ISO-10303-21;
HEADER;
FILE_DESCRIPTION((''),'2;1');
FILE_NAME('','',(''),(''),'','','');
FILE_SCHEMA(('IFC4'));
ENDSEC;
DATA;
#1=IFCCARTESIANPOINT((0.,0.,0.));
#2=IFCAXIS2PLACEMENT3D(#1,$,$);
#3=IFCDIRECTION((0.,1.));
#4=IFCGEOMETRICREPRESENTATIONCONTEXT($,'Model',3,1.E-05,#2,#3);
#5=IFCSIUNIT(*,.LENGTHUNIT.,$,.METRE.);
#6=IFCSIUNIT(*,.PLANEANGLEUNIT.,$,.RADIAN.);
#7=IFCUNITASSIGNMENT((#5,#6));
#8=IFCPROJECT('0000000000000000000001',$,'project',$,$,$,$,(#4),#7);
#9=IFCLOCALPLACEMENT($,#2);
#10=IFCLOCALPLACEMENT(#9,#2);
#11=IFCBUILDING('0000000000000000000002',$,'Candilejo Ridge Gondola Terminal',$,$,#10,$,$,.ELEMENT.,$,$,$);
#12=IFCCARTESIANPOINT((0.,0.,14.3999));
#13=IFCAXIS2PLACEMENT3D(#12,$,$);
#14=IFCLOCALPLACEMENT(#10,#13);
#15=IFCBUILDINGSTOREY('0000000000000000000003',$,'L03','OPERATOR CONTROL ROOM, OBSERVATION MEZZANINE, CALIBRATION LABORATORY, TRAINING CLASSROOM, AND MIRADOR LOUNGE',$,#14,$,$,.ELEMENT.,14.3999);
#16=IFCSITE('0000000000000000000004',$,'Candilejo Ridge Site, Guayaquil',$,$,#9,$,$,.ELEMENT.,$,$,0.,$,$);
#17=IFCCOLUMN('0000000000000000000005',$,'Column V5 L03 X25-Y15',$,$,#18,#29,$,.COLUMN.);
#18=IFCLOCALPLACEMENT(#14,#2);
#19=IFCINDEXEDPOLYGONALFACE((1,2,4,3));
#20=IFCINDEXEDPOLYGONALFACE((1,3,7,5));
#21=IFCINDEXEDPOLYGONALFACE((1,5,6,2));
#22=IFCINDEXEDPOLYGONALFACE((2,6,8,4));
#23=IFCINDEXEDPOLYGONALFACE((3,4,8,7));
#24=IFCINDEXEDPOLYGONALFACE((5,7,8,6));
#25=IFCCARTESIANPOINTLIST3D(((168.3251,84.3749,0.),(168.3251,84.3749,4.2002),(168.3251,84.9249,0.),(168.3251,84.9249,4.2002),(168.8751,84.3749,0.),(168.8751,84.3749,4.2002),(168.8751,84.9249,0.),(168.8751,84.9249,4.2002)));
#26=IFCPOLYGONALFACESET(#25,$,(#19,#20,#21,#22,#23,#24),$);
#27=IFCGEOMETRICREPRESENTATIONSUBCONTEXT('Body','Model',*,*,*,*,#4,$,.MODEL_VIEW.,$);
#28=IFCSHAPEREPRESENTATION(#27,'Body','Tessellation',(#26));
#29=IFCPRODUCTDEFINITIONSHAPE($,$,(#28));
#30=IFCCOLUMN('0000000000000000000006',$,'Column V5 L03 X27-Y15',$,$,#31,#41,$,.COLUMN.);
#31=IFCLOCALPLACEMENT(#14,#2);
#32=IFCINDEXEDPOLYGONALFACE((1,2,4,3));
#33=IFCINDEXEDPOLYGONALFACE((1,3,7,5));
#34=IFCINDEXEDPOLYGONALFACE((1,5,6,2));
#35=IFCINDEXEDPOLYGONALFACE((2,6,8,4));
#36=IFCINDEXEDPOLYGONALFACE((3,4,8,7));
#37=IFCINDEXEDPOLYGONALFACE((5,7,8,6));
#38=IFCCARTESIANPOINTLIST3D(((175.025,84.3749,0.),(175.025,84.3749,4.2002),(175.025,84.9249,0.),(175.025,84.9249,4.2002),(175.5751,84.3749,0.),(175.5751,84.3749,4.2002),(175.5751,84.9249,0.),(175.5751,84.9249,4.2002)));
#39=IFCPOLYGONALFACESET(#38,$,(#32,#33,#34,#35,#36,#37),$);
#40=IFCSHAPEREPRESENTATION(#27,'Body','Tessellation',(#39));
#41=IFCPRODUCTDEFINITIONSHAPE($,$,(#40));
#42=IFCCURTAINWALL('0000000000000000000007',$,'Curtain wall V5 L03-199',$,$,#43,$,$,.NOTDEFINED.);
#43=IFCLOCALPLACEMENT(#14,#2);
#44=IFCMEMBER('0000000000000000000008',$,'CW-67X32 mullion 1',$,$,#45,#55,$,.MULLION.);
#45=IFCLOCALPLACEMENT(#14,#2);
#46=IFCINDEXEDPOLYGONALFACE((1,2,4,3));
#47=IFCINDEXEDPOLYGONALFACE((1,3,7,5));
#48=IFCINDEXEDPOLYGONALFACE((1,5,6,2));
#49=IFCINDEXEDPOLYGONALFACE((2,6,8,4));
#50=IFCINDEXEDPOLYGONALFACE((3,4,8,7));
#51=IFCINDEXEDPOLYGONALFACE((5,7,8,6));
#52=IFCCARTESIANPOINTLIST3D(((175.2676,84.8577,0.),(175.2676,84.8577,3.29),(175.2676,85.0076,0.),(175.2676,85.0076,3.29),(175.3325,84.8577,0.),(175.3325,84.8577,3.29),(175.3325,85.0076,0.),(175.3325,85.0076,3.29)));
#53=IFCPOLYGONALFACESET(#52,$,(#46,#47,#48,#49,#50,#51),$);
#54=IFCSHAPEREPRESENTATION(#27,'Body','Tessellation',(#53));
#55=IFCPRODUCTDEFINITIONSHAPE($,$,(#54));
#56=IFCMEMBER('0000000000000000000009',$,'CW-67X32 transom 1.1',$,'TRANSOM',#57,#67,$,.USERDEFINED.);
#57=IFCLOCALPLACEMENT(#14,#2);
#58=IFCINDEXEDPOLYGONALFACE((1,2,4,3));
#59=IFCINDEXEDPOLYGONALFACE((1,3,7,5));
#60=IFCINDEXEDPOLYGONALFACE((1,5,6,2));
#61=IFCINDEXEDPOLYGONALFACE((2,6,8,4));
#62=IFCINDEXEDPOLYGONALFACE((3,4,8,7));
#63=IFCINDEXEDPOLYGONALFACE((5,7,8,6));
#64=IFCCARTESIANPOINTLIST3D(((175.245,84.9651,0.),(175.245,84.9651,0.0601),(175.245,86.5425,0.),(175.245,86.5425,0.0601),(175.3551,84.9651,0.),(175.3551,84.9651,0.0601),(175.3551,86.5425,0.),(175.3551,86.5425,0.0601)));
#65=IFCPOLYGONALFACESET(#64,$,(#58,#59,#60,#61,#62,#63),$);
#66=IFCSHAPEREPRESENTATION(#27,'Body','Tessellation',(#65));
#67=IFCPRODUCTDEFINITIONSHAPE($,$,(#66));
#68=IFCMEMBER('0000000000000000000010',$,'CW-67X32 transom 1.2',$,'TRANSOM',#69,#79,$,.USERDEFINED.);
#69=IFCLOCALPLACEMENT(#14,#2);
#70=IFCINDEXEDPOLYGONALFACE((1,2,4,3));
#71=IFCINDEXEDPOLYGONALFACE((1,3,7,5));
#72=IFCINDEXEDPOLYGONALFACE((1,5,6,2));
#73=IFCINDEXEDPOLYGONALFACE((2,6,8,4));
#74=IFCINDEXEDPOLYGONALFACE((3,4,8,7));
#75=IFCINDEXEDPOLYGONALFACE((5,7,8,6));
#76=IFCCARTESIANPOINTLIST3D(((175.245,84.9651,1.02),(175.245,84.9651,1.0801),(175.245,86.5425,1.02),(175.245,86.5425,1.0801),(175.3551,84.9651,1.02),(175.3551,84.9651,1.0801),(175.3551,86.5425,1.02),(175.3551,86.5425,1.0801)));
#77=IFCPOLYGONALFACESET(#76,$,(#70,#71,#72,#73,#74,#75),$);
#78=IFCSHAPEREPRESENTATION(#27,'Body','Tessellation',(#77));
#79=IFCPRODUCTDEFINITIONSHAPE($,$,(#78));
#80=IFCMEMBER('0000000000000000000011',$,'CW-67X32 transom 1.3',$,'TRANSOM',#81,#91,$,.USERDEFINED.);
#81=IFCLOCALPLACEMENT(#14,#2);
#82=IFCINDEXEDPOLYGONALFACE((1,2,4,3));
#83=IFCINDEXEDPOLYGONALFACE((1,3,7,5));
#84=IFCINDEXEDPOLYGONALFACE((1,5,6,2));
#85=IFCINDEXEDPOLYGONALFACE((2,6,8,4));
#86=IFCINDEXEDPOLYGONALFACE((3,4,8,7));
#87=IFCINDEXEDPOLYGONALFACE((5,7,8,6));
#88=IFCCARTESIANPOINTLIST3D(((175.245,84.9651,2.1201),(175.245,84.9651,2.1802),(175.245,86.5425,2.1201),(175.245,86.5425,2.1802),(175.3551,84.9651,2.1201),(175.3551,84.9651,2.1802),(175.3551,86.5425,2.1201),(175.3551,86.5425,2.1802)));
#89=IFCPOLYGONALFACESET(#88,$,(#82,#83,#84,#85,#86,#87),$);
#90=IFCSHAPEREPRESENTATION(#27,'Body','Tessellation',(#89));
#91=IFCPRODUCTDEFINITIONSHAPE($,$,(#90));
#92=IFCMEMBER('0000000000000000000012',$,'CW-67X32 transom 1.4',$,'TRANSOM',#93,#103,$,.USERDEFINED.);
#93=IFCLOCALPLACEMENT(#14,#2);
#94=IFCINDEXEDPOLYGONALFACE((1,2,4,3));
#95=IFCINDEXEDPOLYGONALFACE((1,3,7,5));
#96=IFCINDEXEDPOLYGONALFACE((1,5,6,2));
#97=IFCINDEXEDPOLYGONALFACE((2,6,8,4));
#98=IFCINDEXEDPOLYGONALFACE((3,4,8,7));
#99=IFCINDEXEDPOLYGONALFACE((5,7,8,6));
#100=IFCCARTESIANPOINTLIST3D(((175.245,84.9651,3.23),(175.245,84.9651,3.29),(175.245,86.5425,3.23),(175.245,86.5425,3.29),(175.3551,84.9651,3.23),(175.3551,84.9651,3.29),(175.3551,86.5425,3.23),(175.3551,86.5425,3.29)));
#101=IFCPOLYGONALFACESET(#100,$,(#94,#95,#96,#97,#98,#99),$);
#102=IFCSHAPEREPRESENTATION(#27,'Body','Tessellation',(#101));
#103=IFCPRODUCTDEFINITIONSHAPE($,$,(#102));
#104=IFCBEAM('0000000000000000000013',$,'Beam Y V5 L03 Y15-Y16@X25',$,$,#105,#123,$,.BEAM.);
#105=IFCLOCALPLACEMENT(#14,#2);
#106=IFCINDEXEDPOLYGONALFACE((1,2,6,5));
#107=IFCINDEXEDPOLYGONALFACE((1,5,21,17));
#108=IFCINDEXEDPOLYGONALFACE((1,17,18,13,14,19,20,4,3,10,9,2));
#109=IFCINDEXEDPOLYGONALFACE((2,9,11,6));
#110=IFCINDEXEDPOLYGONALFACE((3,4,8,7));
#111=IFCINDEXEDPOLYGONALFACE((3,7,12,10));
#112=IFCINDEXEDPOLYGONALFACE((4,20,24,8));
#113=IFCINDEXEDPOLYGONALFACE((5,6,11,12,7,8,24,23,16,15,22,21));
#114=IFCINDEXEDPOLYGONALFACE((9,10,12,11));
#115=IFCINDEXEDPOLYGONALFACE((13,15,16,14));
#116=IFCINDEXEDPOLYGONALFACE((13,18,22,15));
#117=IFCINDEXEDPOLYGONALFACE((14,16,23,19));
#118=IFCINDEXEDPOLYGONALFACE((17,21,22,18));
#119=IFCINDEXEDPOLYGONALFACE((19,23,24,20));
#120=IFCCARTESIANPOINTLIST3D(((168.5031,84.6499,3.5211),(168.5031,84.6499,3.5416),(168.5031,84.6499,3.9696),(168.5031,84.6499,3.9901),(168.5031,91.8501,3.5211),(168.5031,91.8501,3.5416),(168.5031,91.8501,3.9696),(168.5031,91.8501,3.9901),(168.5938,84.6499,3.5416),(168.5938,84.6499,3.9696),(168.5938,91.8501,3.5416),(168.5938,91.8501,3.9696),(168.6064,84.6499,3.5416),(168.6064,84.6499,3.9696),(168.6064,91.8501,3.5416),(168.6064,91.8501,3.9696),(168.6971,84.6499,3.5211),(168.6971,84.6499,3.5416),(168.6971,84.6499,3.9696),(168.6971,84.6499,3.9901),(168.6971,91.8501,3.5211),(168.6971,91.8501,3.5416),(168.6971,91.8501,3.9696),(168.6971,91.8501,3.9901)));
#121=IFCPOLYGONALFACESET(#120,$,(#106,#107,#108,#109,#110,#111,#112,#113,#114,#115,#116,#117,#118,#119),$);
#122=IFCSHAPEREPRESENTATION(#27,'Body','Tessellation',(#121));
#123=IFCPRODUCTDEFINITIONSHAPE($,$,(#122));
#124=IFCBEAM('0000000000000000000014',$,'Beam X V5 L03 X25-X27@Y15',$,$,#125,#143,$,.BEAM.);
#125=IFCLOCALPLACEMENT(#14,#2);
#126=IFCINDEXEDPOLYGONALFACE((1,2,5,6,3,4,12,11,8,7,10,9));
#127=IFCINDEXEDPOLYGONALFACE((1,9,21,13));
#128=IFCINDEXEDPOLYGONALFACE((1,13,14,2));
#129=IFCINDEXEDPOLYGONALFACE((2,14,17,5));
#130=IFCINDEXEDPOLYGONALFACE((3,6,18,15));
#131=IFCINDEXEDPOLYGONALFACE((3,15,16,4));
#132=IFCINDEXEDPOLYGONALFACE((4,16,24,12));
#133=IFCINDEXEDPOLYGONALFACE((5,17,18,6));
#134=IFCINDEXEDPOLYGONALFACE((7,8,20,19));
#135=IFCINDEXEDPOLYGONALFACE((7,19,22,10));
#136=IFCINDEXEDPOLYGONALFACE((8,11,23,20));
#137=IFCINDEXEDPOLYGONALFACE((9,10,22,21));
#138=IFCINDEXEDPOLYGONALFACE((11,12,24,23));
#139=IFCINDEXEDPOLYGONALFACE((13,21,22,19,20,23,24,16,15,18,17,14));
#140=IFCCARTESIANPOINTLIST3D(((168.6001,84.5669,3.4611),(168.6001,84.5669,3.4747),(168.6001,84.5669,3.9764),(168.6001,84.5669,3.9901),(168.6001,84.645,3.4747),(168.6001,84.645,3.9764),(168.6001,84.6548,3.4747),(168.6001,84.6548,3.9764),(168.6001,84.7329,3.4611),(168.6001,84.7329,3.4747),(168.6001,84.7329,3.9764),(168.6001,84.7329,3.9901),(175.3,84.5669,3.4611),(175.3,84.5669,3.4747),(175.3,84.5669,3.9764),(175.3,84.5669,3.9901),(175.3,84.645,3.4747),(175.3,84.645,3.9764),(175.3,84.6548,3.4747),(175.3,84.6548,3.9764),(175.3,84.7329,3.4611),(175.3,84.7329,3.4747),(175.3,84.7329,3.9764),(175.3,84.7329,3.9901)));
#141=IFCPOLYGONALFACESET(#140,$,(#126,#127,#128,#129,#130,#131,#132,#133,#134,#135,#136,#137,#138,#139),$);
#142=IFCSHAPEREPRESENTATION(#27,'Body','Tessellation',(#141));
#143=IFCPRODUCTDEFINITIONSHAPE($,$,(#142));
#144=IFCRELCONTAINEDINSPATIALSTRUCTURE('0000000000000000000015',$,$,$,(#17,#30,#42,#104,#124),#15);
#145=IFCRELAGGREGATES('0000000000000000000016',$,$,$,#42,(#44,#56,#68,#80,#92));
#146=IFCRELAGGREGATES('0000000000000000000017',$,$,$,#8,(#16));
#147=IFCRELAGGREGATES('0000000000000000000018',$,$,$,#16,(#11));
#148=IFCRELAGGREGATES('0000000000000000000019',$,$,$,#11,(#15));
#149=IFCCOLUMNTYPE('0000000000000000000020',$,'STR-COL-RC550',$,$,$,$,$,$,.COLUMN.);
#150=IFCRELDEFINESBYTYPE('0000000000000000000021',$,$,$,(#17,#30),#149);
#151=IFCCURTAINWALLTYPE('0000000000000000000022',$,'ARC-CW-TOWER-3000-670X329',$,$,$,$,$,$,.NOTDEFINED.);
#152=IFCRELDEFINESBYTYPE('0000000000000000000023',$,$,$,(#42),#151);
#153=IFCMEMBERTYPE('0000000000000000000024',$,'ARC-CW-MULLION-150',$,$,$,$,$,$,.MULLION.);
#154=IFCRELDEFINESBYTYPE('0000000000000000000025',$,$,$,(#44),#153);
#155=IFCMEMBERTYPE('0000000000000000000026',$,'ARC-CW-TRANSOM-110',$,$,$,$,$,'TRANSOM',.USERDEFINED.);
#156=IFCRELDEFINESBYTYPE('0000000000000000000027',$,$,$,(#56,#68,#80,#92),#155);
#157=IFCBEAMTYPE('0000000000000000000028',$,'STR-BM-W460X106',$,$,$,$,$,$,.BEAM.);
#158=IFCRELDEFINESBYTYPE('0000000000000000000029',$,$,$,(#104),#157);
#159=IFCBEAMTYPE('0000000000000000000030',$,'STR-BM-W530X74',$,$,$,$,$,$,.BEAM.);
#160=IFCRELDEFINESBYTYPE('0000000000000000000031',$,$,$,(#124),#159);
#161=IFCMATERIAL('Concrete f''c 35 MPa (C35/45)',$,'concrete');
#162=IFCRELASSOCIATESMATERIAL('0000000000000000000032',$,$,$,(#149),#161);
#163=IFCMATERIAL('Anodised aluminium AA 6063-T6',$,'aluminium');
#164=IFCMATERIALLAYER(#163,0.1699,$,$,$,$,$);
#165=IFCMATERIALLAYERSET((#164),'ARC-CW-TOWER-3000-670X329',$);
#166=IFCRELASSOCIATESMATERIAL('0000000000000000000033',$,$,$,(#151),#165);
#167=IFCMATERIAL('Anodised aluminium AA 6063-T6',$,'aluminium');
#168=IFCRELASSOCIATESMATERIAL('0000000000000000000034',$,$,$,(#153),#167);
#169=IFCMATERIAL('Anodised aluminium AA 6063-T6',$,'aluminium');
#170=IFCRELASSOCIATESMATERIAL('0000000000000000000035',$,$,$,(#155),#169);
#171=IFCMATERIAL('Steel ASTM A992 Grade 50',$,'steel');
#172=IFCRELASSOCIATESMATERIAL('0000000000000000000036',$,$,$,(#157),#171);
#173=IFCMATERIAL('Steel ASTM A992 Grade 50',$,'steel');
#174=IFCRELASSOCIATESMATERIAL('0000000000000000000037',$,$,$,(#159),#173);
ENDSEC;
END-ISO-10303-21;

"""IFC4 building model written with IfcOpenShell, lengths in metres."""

from ifc_helpers import new_model, si_unit, direction, frame, origin, origin_2d, place, context, subcontext, project, spatial, rectangle, i_section, extrude, material, layer, layer_set, material_profile, profile_set, type_object, element, aggregate, save


model = new_model("IFC4")

# Units and contexts
model_context = context("Model", 3, precision=1e-05, world=origin(), true_north=direction((0.0, 1.0)))
body_context = subcontext(model_context, "Body", "Model", "MODEL_VIEW")
ifc_project = project(units=[si_unit("LENGTHUNIT", "METRE"), si_unit("PLANEANGLEUNIT", "RADIAN")], contexts=[model_context])

# Site, building, storey
site_placement = place(None, origin())
site = spatial("IfcSite", under=ifc_project, at=site_placement, Name="Candilejo Ridge Site, Guayaquil", CompositionType="ELEMENT", RefElevation=0.0)
building_placement = place(site_placement, origin())
building = spatial("IfcBuilding", under=site, at=building_placement, Name="Candilejo Ridge Gondola Terminal", CompositionType="ELEMENT")
storey_placement = place(building_placement, frame((0.0, 0.0, 14.3999)))
storey = spatial("IfcBuildingStorey", under=building, at=storey_placement, Name="L03", Description="OPERATOR CONTROL ROOM, OBSERVATION MEZZANINE, CALIBRATION LABORATORY, TRAINING CLASSROOM, AND MIRADOR LOUNGE", CompositionType="ELEMENT", Elevation=14.3999)

# Columns
ifc_material_1 = material(Name="Concrete f'c 35 MPa (C35/45)", Category="concrete")
ifc_material_profile_1 = material_profile(ifc_material_1, rectangle(XDim=0.55, YDim=0.55, at=origin_2d()))
ifc_profile_set_1 = profile_set([ifc_material_profile_1], Name="Concrete f'c 35 MPa (C35/45)")
column_type = type_object("IfcColumnType", Name="STR-COL-RC550", PredefinedType="COLUMN", material=ifc_profile_set_1)
for number, where, z_axis, x_axis, name in (
    (1, (168.6001, 84.6499, 0.0), (0.0, 0.0, 1.0), (1.0, 0.0, 0.0), "Column V5 L03 X25-Y15"),
    (2, (175.3, 84.6499, 0.0), (0.0, 0.0, 1.0), (1.0, 0.0, 0.0), "Column V5 L03 X27-Y15"),
):
    element("IfcColumn", number, at=place(storey_placement, frame(where, z_axis=z_axis, x_axis=x_axis)), inside=storey, type_object=column_type, Name=name, PredefinedType="COLUMN", context=body_context, shape_type="SweptSolid", body=[
        extrude(rectangle(XDim=0.55, YDim=0.55, at=origin_2d()), origin(), (0.0, 0.0, 1.0), 4.2002),
    ])

# Curtain wall, members
ifc_material_2 = material(Name="Anodised aluminium AA 6063-T6", Category="aluminium")
ifc_layer_1 = layer(ifc_material_2, 0.1699)
ifc_layer_set_1 = layer_set([ifc_layer_1], Name="ARC-CW-TOWER-3000-670X329")
curtain_wall_type = type_object("IfcCurtainWallType", Name="ARC-CW-TOWER-3000-670X329", PredefinedType="NOTDEFINED", material=ifc_layer_set_1)
curtain_wall_placement = place(storey_placement, origin())
curtain_wall = element("IfcCurtainWall", 3, at=curtain_wall_placement, inside=storey, type_object=curtain_wall_type, Name="Curtain wall V5 L03-199", PredefinedType="NOTDEFINED")
ifc_material_3 = material(Name="Anodised aluminium AA 6063-T6", Category="aluminium")
ifc_material_profile_2 = material_profile(ifc_material_3, rectangle(XDim=0.0649, YDim=0.1499, at=origin_2d()))
ifc_profile_set_2 = profile_set([ifc_material_profile_2], Name="Anodised aluminium AA 6063-T6")
member_type_1 = type_object("IfcMemberType", Name="ARC-CW-MULLION-150", PredefinedType="MULLION", material=ifc_profile_set_2)
member_1_placement = place(storey_placement, frame((175.3, 84.9326, 0.0), z_axis=(0.0, 0.0, 1.0), x_axis=(-1.0, 0.0, 0.0)))
member_1 = element("IfcMember", 4, at=member_1_placement, type_object=member_type_1, Name="CW-67X32 mullion 1", PredefinedType="MULLION", context=body_context, shape_type="SweptSolid", body=[
    extrude(rectangle(XDim=0.0649, YDim=0.1499, at=origin_2d()), origin(), (0.0, 0.0, 1.0), 3.29),
])
ifc_material_4 = material(Name="Anodised aluminium AA 6063-T6", Category="aluminium")
ifc_material_profile_3 = material_profile(ifc_material_4, rectangle(XDim=0.1101, YDim=0.0601, at=origin_2d()))
ifc_profile_set_3 = profile_set([ifc_material_profile_3], Name="Anodised aluminium AA 6063-T6")
member_type_2 = type_object("IfcMemberType", Name="ARC-CW-TRANSOM-110", ElementType="TRANSOM", PredefinedType="USERDEFINED", material=ifc_profile_set_3)
member_2_placement = place(storey_placement, frame((175.3, 84.9651, 0.03), z_axis=(0.0, 1.0, 0.0), x_axis=(-1.0, 0.0, 0.0)))
member_2 = element("IfcMember", 5, at=member_2_placement, type_object=member_type_2, Name="CW-67X32 transom 1.1", ObjectType="TRANSOM", PredefinedType="USERDEFINED", context=body_context, shape_type="SweptSolid", body=[
    extrude(rectangle(XDim=0.1101, YDim=0.0601, at=origin_2d()), origin(), (0.0, 0.0, 1.0), 1.5774),
])
member_3_placement = place(storey_placement, frame((175.3, 84.9651, 1.05), z_axis=(0.0, 1.0, 0.0), x_axis=(-1.0, 0.0, 0.0)))
member_3 = element("IfcMember", 6, at=member_3_placement, type_object=member_type_2, Name="CW-67X32 transom 1.2", ObjectType="TRANSOM", PredefinedType="USERDEFINED", context=body_context, shape_type="SweptSolid", body=[
    extrude(rectangle(XDim=0.1101, YDim=0.0601, at=origin_2d()), origin(), (0.0, 0.0, 1.0), 1.5774),
])
member_4_placement = place(storey_placement, frame((175.3, 84.9651, 2.1501), z_axis=(0.0, 1.0, 0.0), x_axis=(-1.0, 0.0, 0.0)))
member_4 = element("IfcMember", 7, at=member_4_placement, type_object=member_type_2, Name="CW-67X32 transom 1.3", ObjectType="TRANSOM", PredefinedType="USERDEFINED", context=body_context, shape_type="SweptSolid", body=[
    extrude(rectangle(XDim=0.1101, YDim=0.0601, at=origin_2d()), origin(), (0.0, 0.0, 1.0), 1.5774),
])
member_5_placement = place(storey_placement, frame((175.3, 84.9651, 3.26), z_axis=(0.0, 1.0, 0.0), x_axis=(-1.0, 0.0, 0.0)))
member_5 = element("IfcMember", 8, at=member_5_placement, type_object=member_type_2, Name="CW-67X32 transom 1.4", ObjectType="TRANSOM", PredefinedType="USERDEFINED", context=body_context, shape_type="SweptSolid", body=[
    extrude(rectangle(XDim=0.1101, YDim=0.0601, at=origin_2d()), origin(), (0.0, 0.0, 1.0), 1.5774),
])

# Beams
ifc_material_5 = material(Name="Steel ASTM A992 Grade 50", Category="steel")
ifc_material_profile_4 = material_profile(ifc_material_5, i_section(OverallWidth=0.1941, OverallDepth=0.469, WebThickness=0.0127, FlangeThickness=0.0205, at=origin_2d()))
ifc_profile_set_4 = profile_set([ifc_material_profile_4], Name="Steel ASTM A992 Grade 50")
beam_type_1 = type_object("IfcBeamType", Name="STR-BM-W460X106", PredefinedType="BEAM", material=ifc_profile_set_4)
beam_1_placement = place(storey_placement, frame((168.6001, 84.6499, 3.7556), z_axis=(0.0, 1.0, 0.0), x_axis=(-1.0, 0.0, 0.0)))
element("IfcBeam", 9, at=beam_1_placement, inside=storey, type_object=beam_type_1, Name="Beam Y V5 L03 Y15-Y16@X25", PredefinedType="BEAM", context=body_context, shape_type="SweptSolid", body=[
    extrude(i_section(OverallWidth=0.1941, OverallDepth=0.469, WebThickness=0.0127, FlangeThickness=0.0205, at=origin_2d()), origin(), (0.0, 0.0, 1.0), 7.2002),
])
ifc_material_6 = material(Name="Steel ASTM A992 Grade 50", Category="steel")
ifc_material_profile_5 = material_profile(ifc_material_6, i_section(OverallWidth=0.166, OverallDepth=0.5291, WebThickness=0.0098, FlangeThickness=0.0137, at=origin_2d()))
ifc_profile_set_5 = profile_set([ifc_material_profile_5], Name="Steel ASTM A992 Grade 50")
beam_type_2 = type_object("IfcBeamType", Name="STR-BM-W530X74", PredefinedType="BEAM", material=ifc_profile_set_5)
beam_2_placement = place(storey_placement, frame((168.6001, 84.6499, 3.7256), z_axis=(1.0, 0.0, 0.0), x_axis=(0.0, 1.0, 0.0)))
element("IfcBeam", 10, at=beam_2_placement, inside=storey, type_object=beam_type_2, Name="Beam X V5 L03 X25-X27@Y15", PredefinedType="BEAM", context=body_context, shape_type="SweptSolid", body=[
    extrude(i_section(OverallWidth=0.166, OverallDepth=0.5291, WebThickness=0.0098, FlangeThickness=0.0137, at=origin_2d()), origin(), (0.0, 0.0, 1.0), 6.7),
])

aggregate(curtain_wall, [member_1, member_2, member_3, member_4, member_5])

save(model, "model.ifc")
